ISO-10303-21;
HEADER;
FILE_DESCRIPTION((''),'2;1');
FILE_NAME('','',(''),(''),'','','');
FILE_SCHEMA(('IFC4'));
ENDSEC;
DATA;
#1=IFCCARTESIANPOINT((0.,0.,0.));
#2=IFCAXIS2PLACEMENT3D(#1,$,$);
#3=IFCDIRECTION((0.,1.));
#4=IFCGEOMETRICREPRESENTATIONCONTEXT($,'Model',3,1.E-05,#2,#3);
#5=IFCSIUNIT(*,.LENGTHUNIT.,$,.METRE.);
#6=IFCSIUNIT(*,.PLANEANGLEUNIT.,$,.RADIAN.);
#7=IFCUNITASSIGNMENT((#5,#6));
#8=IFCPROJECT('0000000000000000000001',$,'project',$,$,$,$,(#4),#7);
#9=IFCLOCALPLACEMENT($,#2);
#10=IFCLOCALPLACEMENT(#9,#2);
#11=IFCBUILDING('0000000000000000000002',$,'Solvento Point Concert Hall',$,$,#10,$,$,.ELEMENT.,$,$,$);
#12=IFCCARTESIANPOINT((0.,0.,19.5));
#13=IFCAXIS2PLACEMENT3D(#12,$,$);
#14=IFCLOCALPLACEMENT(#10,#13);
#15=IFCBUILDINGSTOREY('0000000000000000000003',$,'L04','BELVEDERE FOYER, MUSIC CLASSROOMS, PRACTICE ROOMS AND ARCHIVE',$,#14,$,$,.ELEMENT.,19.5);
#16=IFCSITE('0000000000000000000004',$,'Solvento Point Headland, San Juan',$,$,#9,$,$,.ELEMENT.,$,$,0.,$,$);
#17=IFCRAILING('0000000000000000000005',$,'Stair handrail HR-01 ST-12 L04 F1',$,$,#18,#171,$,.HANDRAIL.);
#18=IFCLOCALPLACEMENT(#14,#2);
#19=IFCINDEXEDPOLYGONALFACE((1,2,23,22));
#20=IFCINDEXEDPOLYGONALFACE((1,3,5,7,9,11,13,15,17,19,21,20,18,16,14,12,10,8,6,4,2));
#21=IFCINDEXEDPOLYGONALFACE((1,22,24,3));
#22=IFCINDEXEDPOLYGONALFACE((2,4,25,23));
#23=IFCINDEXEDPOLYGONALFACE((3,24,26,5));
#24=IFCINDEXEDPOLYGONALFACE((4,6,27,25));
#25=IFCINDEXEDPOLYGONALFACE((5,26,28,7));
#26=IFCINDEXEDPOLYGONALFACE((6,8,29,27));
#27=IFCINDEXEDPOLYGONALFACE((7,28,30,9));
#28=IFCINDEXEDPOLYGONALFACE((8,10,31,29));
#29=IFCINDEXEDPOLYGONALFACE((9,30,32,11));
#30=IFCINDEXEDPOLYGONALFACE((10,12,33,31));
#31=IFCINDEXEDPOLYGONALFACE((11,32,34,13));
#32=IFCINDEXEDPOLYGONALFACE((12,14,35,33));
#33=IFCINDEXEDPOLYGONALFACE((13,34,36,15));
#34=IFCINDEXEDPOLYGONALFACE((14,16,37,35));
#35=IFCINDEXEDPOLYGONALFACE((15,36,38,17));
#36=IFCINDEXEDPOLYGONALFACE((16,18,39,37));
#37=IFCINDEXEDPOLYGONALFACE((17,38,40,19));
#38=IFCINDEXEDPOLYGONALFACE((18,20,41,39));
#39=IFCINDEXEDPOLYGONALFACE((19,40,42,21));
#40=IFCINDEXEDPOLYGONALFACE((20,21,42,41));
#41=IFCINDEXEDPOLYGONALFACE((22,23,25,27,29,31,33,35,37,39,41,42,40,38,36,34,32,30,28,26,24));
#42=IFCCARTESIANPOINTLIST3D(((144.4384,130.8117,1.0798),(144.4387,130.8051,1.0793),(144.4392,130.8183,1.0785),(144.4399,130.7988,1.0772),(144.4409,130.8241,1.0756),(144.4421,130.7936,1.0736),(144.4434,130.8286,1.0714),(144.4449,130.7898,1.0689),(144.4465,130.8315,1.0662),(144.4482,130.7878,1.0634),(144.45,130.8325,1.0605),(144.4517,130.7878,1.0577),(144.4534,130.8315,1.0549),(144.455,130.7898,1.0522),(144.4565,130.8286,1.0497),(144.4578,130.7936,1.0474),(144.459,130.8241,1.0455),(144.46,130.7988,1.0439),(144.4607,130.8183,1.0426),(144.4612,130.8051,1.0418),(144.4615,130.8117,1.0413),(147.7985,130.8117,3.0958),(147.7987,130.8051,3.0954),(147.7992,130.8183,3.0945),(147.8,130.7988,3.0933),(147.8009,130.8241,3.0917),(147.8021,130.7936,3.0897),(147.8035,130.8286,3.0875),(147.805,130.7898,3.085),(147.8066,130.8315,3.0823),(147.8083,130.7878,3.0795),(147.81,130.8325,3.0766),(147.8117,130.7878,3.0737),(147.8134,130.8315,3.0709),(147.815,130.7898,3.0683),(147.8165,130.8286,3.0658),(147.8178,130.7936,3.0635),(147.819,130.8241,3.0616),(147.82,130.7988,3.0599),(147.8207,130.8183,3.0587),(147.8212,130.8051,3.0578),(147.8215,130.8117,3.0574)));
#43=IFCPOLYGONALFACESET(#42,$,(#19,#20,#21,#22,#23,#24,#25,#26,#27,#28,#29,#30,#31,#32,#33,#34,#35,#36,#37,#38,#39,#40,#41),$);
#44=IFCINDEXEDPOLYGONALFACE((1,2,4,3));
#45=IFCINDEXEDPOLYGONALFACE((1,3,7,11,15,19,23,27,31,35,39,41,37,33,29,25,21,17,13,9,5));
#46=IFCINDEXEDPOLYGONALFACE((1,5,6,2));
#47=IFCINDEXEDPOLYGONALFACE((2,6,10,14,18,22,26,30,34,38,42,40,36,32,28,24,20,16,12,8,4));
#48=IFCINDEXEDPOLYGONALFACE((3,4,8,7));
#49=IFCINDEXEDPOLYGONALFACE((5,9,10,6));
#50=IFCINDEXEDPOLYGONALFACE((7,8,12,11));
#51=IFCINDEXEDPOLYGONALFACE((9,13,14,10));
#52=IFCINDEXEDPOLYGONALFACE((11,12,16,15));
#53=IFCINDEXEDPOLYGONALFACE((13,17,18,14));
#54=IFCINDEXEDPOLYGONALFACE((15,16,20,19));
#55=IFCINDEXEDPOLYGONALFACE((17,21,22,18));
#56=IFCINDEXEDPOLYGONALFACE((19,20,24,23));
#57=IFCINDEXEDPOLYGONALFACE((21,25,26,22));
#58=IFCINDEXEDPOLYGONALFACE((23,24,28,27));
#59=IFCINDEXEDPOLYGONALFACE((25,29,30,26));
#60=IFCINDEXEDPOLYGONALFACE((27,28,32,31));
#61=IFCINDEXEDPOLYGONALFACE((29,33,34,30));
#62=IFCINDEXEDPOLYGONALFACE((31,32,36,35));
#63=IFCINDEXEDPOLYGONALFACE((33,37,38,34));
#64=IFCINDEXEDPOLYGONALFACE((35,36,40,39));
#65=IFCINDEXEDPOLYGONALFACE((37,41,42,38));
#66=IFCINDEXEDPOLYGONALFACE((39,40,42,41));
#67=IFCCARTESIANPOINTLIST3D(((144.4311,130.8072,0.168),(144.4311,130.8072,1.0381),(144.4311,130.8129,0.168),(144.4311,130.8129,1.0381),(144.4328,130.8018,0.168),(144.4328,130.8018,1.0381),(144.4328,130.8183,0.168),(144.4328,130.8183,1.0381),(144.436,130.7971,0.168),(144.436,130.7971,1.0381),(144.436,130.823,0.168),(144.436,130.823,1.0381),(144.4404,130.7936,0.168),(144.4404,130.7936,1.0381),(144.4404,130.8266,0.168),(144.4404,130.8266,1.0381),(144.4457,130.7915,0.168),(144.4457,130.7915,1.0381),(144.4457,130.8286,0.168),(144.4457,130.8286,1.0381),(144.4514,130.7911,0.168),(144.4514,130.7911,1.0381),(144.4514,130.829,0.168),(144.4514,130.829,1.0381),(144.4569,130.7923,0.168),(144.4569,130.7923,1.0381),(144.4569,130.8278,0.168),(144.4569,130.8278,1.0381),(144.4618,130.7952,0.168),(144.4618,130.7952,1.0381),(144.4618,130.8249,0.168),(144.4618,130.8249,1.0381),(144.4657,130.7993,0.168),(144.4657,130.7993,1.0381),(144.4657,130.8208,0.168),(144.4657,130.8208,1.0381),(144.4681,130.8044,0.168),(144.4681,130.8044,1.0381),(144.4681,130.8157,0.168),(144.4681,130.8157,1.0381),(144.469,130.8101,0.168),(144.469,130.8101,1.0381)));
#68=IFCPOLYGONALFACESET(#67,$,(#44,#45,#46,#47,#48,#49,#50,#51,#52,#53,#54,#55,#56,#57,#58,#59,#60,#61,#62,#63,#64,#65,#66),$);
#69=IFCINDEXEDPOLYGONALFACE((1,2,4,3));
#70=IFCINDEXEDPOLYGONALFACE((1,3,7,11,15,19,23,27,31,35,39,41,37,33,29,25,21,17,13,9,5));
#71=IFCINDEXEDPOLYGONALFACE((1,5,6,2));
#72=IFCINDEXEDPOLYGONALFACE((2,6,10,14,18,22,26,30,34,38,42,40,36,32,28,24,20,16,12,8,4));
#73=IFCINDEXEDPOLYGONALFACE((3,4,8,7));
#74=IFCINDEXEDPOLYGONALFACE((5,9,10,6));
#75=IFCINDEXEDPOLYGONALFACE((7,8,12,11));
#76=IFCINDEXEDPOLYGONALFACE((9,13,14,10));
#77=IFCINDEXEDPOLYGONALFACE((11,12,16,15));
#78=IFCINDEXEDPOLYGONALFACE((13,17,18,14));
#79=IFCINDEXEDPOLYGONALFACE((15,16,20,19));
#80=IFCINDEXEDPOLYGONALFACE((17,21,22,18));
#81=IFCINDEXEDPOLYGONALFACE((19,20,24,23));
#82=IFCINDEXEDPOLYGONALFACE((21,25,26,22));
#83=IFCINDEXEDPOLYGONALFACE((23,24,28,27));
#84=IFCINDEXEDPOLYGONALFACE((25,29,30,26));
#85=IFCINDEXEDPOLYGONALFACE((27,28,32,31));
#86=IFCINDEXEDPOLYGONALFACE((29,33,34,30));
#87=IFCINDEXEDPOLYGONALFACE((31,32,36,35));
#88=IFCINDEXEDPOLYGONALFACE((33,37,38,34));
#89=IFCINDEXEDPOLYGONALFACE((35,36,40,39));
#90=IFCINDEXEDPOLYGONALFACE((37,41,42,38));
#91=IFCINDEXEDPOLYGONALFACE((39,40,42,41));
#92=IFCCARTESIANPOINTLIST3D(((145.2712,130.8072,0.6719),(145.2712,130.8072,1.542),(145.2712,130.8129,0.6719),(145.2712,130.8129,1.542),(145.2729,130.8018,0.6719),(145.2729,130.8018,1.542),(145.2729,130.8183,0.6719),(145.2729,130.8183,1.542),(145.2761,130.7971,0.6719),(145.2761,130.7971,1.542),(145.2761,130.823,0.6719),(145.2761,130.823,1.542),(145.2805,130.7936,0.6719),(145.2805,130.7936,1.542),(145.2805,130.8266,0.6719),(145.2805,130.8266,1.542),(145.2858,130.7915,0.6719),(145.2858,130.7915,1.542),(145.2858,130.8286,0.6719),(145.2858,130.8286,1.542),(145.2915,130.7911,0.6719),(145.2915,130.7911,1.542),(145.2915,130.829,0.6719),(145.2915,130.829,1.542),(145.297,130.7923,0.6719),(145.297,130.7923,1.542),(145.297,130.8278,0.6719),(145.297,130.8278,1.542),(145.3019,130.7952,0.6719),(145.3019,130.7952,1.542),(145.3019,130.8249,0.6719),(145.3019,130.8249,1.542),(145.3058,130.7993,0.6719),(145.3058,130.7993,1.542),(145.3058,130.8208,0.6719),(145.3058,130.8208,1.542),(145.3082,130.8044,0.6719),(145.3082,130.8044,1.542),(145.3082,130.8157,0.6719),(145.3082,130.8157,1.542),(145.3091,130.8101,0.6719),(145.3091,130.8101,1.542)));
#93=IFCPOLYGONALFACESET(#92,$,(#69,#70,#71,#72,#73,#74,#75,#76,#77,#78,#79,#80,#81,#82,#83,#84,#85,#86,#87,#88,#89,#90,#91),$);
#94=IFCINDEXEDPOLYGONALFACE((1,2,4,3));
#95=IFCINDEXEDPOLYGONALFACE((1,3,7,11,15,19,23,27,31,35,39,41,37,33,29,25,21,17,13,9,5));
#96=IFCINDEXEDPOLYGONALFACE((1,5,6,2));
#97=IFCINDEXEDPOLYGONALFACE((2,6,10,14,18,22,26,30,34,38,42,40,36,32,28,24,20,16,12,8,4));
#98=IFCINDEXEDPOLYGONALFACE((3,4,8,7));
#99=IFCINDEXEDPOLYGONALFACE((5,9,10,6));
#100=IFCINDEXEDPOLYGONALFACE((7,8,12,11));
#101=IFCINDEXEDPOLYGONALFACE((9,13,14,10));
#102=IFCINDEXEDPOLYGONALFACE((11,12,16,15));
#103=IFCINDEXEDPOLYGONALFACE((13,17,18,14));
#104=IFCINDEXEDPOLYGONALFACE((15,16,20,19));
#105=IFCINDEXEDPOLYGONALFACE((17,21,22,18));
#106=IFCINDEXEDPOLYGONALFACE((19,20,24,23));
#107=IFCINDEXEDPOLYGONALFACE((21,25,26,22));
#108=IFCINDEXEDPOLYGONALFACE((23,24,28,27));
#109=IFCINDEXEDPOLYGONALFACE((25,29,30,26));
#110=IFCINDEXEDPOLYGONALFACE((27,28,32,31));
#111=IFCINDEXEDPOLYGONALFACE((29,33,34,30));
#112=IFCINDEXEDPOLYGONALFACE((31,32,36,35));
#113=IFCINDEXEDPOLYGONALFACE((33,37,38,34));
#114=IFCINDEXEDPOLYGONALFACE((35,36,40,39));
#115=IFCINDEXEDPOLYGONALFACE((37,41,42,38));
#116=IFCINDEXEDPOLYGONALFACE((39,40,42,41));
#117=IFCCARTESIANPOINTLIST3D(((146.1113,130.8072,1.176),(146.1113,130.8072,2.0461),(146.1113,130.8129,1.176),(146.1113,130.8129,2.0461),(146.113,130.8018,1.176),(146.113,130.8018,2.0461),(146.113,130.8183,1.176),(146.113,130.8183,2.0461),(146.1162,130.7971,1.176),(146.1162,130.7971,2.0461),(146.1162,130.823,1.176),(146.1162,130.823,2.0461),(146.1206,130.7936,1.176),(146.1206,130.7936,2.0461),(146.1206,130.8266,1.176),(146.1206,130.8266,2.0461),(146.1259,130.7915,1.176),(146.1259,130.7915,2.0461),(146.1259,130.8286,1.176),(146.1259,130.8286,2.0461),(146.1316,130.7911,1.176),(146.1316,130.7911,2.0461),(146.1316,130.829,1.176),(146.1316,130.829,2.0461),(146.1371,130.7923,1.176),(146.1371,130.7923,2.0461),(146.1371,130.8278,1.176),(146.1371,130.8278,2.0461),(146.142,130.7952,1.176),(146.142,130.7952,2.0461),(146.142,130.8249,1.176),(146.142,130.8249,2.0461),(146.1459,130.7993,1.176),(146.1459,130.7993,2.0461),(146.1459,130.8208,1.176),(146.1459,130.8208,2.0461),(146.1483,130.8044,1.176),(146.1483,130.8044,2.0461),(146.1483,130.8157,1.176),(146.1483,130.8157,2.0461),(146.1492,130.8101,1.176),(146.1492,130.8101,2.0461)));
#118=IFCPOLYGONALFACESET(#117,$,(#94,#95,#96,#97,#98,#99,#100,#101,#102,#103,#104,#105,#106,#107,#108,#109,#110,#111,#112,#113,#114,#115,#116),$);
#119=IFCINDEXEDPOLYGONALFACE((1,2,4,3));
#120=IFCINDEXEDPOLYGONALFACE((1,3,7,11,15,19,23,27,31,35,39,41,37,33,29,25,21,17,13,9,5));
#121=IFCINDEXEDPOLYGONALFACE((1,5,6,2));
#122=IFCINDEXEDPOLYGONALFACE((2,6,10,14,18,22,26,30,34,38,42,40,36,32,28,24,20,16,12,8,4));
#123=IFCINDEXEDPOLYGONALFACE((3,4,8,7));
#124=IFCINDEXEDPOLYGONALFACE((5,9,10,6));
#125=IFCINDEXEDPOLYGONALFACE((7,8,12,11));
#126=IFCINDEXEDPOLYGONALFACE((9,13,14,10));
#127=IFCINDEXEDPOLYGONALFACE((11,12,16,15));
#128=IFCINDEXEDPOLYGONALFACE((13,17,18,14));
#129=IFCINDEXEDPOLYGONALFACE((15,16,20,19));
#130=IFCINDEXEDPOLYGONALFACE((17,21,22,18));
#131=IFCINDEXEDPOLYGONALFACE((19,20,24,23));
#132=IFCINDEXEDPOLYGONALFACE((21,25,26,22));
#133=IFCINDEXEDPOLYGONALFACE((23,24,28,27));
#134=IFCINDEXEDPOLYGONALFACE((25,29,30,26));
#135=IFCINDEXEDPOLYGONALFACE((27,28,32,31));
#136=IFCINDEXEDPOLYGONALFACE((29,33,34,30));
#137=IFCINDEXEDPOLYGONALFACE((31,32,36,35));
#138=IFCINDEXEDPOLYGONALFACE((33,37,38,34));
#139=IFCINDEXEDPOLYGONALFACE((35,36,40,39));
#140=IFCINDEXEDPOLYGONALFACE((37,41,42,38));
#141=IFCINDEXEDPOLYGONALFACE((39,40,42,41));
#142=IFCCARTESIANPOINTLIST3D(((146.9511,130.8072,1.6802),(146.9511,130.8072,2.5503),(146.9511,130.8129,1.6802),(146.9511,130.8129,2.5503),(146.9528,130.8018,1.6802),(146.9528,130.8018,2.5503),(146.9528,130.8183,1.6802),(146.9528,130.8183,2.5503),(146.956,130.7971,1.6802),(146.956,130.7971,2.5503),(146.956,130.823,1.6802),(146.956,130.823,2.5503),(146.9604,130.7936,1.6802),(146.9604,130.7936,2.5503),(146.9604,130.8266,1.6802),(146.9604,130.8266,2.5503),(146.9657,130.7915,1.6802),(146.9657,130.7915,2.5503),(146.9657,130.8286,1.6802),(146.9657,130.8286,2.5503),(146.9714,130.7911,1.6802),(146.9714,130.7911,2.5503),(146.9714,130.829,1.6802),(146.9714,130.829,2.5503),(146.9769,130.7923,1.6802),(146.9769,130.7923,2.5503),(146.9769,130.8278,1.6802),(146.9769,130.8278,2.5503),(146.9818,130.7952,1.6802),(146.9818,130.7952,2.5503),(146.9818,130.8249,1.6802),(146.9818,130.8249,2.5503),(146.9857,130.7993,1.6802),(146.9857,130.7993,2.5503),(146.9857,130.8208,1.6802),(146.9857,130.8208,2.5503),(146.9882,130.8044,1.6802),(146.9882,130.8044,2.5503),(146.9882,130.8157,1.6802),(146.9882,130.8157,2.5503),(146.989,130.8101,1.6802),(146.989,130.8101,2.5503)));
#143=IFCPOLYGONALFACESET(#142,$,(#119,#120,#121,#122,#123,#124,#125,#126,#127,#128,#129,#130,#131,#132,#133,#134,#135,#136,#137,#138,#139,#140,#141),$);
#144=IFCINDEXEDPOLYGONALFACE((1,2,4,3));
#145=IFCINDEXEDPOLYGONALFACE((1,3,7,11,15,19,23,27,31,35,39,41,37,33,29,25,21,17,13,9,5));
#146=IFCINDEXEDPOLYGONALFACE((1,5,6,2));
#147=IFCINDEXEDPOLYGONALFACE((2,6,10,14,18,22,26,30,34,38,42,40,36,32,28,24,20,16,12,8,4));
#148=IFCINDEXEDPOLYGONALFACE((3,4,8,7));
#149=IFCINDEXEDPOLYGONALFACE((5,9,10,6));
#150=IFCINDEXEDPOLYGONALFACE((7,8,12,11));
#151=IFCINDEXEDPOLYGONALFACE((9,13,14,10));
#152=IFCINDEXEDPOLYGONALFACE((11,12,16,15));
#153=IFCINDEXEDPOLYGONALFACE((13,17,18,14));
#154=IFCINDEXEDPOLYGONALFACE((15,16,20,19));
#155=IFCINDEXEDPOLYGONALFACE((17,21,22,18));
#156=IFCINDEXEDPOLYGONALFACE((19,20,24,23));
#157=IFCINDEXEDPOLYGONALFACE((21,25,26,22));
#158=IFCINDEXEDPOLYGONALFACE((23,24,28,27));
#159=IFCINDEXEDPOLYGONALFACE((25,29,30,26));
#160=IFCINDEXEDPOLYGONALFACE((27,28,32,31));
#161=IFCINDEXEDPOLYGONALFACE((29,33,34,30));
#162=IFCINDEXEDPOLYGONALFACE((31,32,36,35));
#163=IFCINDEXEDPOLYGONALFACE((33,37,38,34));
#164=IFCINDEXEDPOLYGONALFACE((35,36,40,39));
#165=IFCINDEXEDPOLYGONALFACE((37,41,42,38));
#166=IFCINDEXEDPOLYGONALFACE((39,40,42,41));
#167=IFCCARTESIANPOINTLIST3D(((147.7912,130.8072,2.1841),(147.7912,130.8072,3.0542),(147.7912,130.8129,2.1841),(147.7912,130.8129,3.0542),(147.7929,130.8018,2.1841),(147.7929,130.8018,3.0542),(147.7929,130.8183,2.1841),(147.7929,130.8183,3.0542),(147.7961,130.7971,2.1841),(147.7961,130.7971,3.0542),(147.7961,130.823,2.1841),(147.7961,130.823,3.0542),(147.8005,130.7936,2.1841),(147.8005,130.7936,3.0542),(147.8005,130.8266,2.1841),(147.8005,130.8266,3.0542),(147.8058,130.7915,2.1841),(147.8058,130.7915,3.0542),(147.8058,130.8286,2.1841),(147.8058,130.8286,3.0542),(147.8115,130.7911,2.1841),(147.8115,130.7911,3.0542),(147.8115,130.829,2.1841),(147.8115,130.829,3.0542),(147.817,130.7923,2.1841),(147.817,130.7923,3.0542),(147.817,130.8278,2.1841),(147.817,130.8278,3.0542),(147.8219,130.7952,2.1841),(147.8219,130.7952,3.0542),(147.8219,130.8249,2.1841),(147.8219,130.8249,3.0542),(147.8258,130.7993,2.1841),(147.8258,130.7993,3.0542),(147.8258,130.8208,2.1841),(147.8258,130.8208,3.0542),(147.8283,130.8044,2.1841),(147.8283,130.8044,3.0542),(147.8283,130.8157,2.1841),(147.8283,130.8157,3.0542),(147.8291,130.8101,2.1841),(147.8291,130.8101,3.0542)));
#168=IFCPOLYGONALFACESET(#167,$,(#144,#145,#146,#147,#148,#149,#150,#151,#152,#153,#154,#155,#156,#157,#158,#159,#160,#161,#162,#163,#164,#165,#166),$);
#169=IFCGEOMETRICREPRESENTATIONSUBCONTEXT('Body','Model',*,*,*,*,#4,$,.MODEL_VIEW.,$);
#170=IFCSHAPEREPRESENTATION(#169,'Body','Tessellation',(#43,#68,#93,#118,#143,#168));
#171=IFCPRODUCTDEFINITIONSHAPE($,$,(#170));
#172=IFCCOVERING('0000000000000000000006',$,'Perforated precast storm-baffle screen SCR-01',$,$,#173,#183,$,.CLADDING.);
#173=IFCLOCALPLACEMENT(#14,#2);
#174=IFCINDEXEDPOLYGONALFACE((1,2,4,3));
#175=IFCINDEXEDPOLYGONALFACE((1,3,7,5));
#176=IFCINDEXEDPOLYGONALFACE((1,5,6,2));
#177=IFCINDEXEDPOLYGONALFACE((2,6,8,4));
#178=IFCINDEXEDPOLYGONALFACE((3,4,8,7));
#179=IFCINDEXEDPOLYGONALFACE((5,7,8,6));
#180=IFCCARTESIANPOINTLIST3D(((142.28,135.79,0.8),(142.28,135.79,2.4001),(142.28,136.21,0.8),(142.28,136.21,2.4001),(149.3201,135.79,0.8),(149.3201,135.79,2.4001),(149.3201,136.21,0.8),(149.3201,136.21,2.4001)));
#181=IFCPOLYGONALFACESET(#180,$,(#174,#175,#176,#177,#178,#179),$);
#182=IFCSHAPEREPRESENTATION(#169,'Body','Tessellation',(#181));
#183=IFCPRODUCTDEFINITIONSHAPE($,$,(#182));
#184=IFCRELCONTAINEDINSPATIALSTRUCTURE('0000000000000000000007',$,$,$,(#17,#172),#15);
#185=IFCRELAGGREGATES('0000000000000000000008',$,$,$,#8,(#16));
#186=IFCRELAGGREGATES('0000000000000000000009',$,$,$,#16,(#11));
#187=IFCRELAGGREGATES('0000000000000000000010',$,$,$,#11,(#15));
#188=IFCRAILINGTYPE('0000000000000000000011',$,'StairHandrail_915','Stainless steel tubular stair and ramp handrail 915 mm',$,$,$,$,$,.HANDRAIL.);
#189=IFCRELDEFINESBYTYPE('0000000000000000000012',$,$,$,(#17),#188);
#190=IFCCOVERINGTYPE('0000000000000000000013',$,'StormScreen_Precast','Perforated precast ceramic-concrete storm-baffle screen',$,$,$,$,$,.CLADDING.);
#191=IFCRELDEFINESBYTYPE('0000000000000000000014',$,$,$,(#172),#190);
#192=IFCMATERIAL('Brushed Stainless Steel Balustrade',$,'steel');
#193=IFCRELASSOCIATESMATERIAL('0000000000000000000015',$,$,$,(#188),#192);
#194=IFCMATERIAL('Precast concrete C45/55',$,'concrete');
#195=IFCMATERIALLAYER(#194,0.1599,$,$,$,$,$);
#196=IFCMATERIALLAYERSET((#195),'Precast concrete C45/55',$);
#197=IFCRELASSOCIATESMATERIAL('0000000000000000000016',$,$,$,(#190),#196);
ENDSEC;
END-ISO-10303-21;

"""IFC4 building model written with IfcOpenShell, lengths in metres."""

from ifc_helpers import new_model, si_unit, direction, frame, origin, origin_2d, place, context, subcontext, project, spatial, rectangle, circle, extrude, material, layer, layer_set, type_object, element, save


model = new_model("IFC4")

# Units and contexts
model_context = context("Model", 3, precision=1e-05, world=origin(), true_north=direction((0.0, 1.0)))
body_context = subcontext(model_context, "Body", "Model", "MODEL_VIEW")
ifc_project = project(units=[si_unit("LENGTHUNIT", "METRE"), si_unit("PLANEANGLEUNIT", "RADIAN")], contexts=[model_context])

# Site, building, storey
site_placement = place(None, origin())
site = spatial("IfcSite", under=ifc_project, at=site_placement, Name="Solvento Point Headland, San Juan", CompositionType="ELEMENT", RefElevation=0.0)
building_placement = place(site_placement, origin())
building = spatial("IfcBuilding", under=site, at=building_placement, Name="Solvento Point Concert Hall", CompositionType="ELEMENT")
storey_placement = place(building_placement, frame((0.0, 0.0, 19.5)))
storey = spatial("IfcBuildingStorey", under=building, at=storey_placement, Name="L04", Description="BELVEDERE FOYER, MUSIC CLASSROOMS, PRACTICE ROOMS AND ARCHIVE", CompositionType="ELEMENT", Elevation=19.5)

# Railing
ifc_material_1 = material(Name="Brushed Stainless Steel Balustrade", Category="steel")
railing_type = type_object("IfcRailingType", Name="StairHandrail_915", Description="Stainless steel tubular stair and ramp handrail 915 mm", PredefinedType="HANDRAIL", material=ifc_material_1)
railing_placement = place(storey_placement, frame((144.45, 130.8101, 0.168)))
element("IfcRailing", 1, at=railing_placement, inside=storey, type_object=railing_type, Name="Stair handrail HR-01 ST-12 L04 F1", PredefinedType="HANDRAIL", context=body_context, shape_type="SweptSolid", body=[
    extrude(circle(Radius=0.0225, at=origin_2d()), frame((0.0, 0.0, 0.8926), z_axis=(0.857487, 0.0, 0.514505), x_axis=(0.0, 1.0, 0.0)), (0.0, 0.0, 1.0), 3.9185),
    extrude(circle(Radius=0.019, at=origin_2d()), origin(), (0.0, 0.0, 1.0), 0.8701),
    extrude(circle(Radius=0.019, at=origin_2d()), frame((0.8401, 0.0, 0.5039)), (0.0, 0.0, 1.0), 0.8701),
    extrude(circle(Radius=0.019, at=origin_2d()), frame((1.6802, 0.0, 1.0081)), (0.0, 0.0, 1.0), 0.8701),
    extrude(circle(Radius=0.019, at=origin_2d()), frame((2.52, 0.0, 1.5122)), (0.0, 0.0, 1.0), 0.8701),
    extrude(circle(Radius=0.019, at=origin_2d()), frame((3.3601, 0.0, 2.0161)), (0.0, 0.0, 1.0), 0.8701),
])

# Covering
ifc_material_2 = material(Name="Precast concrete C45/55", Category="concrete")
ifc_layer_1 = layer(ifc_material_2, 0.1599)
ifc_layer_set_1 = layer_set([ifc_layer_1], Name="Precast concrete C45/55")
covering_type = type_object("IfcCoveringType", Name="StormScreen_Precast", Description="Perforated precast ceramic-concrete storm-baffle screen", PredefinedType="CLADDING", material=ifc_layer_set_1)
covering_placement = place(storey_placement, frame((145.8, 136.0, 0.8), z_axis=(0.0, 0.0, 1.0), x_axis=(1.0, 0.0, 0.0)))
element("IfcCovering", 2, at=covering_placement, inside=storey, type_object=covering_type, Name="Perforated precast storm-baffle screen SCR-01", PredefinedType="CLADDING", context=body_context, shape_type="SweptSolid", body=[
    extrude(rectangle(XDim=7.04, YDim=0.4199, at=origin_2d()), origin(), (0.0, 0.0, 1.0), 1.6001),
])

save(model, "model.ifc")
